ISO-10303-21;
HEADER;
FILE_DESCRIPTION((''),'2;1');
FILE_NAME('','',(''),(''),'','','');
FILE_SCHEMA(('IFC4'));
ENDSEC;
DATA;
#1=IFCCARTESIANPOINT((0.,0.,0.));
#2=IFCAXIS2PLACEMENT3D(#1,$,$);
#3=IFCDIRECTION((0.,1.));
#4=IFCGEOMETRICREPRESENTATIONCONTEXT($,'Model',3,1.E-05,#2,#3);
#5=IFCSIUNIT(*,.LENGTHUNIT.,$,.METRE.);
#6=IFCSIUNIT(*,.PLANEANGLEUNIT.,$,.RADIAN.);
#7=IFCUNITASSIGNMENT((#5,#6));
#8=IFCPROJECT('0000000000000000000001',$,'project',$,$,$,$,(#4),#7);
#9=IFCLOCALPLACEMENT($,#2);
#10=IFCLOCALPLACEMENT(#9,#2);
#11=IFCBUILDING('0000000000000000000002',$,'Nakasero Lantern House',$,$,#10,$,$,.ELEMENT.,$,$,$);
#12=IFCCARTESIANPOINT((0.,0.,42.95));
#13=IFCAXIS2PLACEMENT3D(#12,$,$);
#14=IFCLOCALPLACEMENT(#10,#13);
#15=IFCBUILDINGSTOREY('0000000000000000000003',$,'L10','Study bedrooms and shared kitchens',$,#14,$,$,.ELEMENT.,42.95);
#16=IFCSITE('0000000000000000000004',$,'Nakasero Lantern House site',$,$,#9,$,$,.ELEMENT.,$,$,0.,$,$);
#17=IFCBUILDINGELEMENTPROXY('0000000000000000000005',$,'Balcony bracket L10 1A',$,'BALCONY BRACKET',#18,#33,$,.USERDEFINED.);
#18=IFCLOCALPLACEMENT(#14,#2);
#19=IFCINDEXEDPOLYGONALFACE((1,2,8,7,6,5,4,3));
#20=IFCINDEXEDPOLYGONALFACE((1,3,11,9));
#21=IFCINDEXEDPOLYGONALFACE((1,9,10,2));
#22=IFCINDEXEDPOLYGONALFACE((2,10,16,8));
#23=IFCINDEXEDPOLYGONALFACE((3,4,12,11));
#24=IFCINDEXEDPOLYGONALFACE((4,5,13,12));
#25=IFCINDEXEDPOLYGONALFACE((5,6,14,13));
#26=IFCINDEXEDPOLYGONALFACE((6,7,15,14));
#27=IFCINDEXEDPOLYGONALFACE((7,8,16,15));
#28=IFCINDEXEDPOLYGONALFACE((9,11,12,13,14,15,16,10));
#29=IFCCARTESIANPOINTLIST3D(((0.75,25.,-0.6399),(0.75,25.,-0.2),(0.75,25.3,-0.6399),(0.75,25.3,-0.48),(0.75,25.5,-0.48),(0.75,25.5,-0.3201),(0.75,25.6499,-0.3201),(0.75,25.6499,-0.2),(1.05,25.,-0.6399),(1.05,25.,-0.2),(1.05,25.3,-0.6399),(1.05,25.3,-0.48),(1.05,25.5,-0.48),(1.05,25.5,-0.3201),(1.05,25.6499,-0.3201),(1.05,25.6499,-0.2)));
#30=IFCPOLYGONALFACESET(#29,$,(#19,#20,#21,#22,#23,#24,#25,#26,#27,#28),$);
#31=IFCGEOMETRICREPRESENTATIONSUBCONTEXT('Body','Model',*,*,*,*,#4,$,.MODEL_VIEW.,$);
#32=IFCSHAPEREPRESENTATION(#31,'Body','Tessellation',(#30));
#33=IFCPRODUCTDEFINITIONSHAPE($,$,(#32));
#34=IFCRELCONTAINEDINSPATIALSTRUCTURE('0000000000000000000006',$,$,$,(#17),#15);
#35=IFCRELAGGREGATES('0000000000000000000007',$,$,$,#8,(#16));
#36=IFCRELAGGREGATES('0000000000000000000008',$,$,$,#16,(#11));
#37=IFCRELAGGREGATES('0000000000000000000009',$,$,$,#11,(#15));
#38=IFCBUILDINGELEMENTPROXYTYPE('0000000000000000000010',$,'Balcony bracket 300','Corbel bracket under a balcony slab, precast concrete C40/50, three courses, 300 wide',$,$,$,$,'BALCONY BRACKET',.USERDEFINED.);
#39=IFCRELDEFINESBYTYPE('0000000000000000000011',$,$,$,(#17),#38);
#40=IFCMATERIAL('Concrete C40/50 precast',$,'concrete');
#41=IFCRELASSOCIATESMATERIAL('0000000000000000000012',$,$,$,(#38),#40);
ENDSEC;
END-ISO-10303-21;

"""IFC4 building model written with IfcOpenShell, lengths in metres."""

from ifc_helpers import new_model, si_unit, direction, frame, origin, place, context, subcontext, project, spatial, polyline, outline, extrude, material, type_object, element, save


model = new_model("IFC4")

# Units and contexts
model_context = context("Model", 3, precision=1e-05, world=origin(), true_north=direction((0.0, 1.0)))
body_context = subcontext(model_context, "Body", "Model", "MODEL_VIEW")
ifc_project = project(units=[si_unit("LENGTHUNIT", "METRE"), si_unit("PLANEANGLEUNIT", "RADIAN")], contexts=[model_context])

# Site, building, storey
site_placement = place(None, origin())
site = spatial("IfcSite", under=ifc_project, at=site_placement, Name="Nakasero Lantern House site", CompositionType="ELEMENT", RefElevation=0.0)
building_placement = place(site_placement, origin())
building = spatial("IfcBuilding", under=site, at=building_placement, Name="Nakasero Lantern House", CompositionType="ELEMENT")
storey_placement = place(building_placement, frame((0.0, 0.0, 42.95)))
storey = spatial("IfcBuildingStorey", under=building, at=storey_placement, Name="L10", Description="Study bedrooms and shared kitchens", CompositionType="ELEMENT", Elevation=42.95)

# Building element proxy
ifc_material_1 = material(Name="Concrete C40/50 precast", Category="concrete")
building_element_proxy_type = type_object("IfcBuildingElementProxyType", Name="Balcony bracket 300", Description="Corbel bracket under a balcony slab, precast concrete C40/50, three courses, 300 wide", ElementType="BALCONY BRACKET", PredefinedType="USERDEFINED", material=ifc_material_1)
proxy_placement = place(storey_placement, frame((0.8999, 25.0, -0.2), z_axis=(0.0, 0.0, 1.0), x_axis=(0.0, 1.0, 0.0)))
element("IfcBuildingElementProxy", 1, at=proxy_placement, inside=storey, type_object=building_element_proxy_type, Name="Balcony bracket L10 1A", ObjectType="BALCONY BRACKET", PredefinedType="USERDEFINED", context=body_context, shape_type="SweptSolid", body=[
    extrude(outline(polyline([(0.0, 0.0), (0.6499, 0.0), (0.6499, -0.1201), (0.5, -0.1201), (0.5, -0.28), (0.3, -0.28), (0.3, -0.4399), (0.0, -0.4399), (0.0, 0.0)])), frame((0.0, 0.1499, 0.0), z_axis=(0.0, -1.0, 0.0), x_axis=(1.0, 0.0, 0.0)), (0.0, 0.0, 1.0), 0.3),
])

save(model, "model.ifc")
